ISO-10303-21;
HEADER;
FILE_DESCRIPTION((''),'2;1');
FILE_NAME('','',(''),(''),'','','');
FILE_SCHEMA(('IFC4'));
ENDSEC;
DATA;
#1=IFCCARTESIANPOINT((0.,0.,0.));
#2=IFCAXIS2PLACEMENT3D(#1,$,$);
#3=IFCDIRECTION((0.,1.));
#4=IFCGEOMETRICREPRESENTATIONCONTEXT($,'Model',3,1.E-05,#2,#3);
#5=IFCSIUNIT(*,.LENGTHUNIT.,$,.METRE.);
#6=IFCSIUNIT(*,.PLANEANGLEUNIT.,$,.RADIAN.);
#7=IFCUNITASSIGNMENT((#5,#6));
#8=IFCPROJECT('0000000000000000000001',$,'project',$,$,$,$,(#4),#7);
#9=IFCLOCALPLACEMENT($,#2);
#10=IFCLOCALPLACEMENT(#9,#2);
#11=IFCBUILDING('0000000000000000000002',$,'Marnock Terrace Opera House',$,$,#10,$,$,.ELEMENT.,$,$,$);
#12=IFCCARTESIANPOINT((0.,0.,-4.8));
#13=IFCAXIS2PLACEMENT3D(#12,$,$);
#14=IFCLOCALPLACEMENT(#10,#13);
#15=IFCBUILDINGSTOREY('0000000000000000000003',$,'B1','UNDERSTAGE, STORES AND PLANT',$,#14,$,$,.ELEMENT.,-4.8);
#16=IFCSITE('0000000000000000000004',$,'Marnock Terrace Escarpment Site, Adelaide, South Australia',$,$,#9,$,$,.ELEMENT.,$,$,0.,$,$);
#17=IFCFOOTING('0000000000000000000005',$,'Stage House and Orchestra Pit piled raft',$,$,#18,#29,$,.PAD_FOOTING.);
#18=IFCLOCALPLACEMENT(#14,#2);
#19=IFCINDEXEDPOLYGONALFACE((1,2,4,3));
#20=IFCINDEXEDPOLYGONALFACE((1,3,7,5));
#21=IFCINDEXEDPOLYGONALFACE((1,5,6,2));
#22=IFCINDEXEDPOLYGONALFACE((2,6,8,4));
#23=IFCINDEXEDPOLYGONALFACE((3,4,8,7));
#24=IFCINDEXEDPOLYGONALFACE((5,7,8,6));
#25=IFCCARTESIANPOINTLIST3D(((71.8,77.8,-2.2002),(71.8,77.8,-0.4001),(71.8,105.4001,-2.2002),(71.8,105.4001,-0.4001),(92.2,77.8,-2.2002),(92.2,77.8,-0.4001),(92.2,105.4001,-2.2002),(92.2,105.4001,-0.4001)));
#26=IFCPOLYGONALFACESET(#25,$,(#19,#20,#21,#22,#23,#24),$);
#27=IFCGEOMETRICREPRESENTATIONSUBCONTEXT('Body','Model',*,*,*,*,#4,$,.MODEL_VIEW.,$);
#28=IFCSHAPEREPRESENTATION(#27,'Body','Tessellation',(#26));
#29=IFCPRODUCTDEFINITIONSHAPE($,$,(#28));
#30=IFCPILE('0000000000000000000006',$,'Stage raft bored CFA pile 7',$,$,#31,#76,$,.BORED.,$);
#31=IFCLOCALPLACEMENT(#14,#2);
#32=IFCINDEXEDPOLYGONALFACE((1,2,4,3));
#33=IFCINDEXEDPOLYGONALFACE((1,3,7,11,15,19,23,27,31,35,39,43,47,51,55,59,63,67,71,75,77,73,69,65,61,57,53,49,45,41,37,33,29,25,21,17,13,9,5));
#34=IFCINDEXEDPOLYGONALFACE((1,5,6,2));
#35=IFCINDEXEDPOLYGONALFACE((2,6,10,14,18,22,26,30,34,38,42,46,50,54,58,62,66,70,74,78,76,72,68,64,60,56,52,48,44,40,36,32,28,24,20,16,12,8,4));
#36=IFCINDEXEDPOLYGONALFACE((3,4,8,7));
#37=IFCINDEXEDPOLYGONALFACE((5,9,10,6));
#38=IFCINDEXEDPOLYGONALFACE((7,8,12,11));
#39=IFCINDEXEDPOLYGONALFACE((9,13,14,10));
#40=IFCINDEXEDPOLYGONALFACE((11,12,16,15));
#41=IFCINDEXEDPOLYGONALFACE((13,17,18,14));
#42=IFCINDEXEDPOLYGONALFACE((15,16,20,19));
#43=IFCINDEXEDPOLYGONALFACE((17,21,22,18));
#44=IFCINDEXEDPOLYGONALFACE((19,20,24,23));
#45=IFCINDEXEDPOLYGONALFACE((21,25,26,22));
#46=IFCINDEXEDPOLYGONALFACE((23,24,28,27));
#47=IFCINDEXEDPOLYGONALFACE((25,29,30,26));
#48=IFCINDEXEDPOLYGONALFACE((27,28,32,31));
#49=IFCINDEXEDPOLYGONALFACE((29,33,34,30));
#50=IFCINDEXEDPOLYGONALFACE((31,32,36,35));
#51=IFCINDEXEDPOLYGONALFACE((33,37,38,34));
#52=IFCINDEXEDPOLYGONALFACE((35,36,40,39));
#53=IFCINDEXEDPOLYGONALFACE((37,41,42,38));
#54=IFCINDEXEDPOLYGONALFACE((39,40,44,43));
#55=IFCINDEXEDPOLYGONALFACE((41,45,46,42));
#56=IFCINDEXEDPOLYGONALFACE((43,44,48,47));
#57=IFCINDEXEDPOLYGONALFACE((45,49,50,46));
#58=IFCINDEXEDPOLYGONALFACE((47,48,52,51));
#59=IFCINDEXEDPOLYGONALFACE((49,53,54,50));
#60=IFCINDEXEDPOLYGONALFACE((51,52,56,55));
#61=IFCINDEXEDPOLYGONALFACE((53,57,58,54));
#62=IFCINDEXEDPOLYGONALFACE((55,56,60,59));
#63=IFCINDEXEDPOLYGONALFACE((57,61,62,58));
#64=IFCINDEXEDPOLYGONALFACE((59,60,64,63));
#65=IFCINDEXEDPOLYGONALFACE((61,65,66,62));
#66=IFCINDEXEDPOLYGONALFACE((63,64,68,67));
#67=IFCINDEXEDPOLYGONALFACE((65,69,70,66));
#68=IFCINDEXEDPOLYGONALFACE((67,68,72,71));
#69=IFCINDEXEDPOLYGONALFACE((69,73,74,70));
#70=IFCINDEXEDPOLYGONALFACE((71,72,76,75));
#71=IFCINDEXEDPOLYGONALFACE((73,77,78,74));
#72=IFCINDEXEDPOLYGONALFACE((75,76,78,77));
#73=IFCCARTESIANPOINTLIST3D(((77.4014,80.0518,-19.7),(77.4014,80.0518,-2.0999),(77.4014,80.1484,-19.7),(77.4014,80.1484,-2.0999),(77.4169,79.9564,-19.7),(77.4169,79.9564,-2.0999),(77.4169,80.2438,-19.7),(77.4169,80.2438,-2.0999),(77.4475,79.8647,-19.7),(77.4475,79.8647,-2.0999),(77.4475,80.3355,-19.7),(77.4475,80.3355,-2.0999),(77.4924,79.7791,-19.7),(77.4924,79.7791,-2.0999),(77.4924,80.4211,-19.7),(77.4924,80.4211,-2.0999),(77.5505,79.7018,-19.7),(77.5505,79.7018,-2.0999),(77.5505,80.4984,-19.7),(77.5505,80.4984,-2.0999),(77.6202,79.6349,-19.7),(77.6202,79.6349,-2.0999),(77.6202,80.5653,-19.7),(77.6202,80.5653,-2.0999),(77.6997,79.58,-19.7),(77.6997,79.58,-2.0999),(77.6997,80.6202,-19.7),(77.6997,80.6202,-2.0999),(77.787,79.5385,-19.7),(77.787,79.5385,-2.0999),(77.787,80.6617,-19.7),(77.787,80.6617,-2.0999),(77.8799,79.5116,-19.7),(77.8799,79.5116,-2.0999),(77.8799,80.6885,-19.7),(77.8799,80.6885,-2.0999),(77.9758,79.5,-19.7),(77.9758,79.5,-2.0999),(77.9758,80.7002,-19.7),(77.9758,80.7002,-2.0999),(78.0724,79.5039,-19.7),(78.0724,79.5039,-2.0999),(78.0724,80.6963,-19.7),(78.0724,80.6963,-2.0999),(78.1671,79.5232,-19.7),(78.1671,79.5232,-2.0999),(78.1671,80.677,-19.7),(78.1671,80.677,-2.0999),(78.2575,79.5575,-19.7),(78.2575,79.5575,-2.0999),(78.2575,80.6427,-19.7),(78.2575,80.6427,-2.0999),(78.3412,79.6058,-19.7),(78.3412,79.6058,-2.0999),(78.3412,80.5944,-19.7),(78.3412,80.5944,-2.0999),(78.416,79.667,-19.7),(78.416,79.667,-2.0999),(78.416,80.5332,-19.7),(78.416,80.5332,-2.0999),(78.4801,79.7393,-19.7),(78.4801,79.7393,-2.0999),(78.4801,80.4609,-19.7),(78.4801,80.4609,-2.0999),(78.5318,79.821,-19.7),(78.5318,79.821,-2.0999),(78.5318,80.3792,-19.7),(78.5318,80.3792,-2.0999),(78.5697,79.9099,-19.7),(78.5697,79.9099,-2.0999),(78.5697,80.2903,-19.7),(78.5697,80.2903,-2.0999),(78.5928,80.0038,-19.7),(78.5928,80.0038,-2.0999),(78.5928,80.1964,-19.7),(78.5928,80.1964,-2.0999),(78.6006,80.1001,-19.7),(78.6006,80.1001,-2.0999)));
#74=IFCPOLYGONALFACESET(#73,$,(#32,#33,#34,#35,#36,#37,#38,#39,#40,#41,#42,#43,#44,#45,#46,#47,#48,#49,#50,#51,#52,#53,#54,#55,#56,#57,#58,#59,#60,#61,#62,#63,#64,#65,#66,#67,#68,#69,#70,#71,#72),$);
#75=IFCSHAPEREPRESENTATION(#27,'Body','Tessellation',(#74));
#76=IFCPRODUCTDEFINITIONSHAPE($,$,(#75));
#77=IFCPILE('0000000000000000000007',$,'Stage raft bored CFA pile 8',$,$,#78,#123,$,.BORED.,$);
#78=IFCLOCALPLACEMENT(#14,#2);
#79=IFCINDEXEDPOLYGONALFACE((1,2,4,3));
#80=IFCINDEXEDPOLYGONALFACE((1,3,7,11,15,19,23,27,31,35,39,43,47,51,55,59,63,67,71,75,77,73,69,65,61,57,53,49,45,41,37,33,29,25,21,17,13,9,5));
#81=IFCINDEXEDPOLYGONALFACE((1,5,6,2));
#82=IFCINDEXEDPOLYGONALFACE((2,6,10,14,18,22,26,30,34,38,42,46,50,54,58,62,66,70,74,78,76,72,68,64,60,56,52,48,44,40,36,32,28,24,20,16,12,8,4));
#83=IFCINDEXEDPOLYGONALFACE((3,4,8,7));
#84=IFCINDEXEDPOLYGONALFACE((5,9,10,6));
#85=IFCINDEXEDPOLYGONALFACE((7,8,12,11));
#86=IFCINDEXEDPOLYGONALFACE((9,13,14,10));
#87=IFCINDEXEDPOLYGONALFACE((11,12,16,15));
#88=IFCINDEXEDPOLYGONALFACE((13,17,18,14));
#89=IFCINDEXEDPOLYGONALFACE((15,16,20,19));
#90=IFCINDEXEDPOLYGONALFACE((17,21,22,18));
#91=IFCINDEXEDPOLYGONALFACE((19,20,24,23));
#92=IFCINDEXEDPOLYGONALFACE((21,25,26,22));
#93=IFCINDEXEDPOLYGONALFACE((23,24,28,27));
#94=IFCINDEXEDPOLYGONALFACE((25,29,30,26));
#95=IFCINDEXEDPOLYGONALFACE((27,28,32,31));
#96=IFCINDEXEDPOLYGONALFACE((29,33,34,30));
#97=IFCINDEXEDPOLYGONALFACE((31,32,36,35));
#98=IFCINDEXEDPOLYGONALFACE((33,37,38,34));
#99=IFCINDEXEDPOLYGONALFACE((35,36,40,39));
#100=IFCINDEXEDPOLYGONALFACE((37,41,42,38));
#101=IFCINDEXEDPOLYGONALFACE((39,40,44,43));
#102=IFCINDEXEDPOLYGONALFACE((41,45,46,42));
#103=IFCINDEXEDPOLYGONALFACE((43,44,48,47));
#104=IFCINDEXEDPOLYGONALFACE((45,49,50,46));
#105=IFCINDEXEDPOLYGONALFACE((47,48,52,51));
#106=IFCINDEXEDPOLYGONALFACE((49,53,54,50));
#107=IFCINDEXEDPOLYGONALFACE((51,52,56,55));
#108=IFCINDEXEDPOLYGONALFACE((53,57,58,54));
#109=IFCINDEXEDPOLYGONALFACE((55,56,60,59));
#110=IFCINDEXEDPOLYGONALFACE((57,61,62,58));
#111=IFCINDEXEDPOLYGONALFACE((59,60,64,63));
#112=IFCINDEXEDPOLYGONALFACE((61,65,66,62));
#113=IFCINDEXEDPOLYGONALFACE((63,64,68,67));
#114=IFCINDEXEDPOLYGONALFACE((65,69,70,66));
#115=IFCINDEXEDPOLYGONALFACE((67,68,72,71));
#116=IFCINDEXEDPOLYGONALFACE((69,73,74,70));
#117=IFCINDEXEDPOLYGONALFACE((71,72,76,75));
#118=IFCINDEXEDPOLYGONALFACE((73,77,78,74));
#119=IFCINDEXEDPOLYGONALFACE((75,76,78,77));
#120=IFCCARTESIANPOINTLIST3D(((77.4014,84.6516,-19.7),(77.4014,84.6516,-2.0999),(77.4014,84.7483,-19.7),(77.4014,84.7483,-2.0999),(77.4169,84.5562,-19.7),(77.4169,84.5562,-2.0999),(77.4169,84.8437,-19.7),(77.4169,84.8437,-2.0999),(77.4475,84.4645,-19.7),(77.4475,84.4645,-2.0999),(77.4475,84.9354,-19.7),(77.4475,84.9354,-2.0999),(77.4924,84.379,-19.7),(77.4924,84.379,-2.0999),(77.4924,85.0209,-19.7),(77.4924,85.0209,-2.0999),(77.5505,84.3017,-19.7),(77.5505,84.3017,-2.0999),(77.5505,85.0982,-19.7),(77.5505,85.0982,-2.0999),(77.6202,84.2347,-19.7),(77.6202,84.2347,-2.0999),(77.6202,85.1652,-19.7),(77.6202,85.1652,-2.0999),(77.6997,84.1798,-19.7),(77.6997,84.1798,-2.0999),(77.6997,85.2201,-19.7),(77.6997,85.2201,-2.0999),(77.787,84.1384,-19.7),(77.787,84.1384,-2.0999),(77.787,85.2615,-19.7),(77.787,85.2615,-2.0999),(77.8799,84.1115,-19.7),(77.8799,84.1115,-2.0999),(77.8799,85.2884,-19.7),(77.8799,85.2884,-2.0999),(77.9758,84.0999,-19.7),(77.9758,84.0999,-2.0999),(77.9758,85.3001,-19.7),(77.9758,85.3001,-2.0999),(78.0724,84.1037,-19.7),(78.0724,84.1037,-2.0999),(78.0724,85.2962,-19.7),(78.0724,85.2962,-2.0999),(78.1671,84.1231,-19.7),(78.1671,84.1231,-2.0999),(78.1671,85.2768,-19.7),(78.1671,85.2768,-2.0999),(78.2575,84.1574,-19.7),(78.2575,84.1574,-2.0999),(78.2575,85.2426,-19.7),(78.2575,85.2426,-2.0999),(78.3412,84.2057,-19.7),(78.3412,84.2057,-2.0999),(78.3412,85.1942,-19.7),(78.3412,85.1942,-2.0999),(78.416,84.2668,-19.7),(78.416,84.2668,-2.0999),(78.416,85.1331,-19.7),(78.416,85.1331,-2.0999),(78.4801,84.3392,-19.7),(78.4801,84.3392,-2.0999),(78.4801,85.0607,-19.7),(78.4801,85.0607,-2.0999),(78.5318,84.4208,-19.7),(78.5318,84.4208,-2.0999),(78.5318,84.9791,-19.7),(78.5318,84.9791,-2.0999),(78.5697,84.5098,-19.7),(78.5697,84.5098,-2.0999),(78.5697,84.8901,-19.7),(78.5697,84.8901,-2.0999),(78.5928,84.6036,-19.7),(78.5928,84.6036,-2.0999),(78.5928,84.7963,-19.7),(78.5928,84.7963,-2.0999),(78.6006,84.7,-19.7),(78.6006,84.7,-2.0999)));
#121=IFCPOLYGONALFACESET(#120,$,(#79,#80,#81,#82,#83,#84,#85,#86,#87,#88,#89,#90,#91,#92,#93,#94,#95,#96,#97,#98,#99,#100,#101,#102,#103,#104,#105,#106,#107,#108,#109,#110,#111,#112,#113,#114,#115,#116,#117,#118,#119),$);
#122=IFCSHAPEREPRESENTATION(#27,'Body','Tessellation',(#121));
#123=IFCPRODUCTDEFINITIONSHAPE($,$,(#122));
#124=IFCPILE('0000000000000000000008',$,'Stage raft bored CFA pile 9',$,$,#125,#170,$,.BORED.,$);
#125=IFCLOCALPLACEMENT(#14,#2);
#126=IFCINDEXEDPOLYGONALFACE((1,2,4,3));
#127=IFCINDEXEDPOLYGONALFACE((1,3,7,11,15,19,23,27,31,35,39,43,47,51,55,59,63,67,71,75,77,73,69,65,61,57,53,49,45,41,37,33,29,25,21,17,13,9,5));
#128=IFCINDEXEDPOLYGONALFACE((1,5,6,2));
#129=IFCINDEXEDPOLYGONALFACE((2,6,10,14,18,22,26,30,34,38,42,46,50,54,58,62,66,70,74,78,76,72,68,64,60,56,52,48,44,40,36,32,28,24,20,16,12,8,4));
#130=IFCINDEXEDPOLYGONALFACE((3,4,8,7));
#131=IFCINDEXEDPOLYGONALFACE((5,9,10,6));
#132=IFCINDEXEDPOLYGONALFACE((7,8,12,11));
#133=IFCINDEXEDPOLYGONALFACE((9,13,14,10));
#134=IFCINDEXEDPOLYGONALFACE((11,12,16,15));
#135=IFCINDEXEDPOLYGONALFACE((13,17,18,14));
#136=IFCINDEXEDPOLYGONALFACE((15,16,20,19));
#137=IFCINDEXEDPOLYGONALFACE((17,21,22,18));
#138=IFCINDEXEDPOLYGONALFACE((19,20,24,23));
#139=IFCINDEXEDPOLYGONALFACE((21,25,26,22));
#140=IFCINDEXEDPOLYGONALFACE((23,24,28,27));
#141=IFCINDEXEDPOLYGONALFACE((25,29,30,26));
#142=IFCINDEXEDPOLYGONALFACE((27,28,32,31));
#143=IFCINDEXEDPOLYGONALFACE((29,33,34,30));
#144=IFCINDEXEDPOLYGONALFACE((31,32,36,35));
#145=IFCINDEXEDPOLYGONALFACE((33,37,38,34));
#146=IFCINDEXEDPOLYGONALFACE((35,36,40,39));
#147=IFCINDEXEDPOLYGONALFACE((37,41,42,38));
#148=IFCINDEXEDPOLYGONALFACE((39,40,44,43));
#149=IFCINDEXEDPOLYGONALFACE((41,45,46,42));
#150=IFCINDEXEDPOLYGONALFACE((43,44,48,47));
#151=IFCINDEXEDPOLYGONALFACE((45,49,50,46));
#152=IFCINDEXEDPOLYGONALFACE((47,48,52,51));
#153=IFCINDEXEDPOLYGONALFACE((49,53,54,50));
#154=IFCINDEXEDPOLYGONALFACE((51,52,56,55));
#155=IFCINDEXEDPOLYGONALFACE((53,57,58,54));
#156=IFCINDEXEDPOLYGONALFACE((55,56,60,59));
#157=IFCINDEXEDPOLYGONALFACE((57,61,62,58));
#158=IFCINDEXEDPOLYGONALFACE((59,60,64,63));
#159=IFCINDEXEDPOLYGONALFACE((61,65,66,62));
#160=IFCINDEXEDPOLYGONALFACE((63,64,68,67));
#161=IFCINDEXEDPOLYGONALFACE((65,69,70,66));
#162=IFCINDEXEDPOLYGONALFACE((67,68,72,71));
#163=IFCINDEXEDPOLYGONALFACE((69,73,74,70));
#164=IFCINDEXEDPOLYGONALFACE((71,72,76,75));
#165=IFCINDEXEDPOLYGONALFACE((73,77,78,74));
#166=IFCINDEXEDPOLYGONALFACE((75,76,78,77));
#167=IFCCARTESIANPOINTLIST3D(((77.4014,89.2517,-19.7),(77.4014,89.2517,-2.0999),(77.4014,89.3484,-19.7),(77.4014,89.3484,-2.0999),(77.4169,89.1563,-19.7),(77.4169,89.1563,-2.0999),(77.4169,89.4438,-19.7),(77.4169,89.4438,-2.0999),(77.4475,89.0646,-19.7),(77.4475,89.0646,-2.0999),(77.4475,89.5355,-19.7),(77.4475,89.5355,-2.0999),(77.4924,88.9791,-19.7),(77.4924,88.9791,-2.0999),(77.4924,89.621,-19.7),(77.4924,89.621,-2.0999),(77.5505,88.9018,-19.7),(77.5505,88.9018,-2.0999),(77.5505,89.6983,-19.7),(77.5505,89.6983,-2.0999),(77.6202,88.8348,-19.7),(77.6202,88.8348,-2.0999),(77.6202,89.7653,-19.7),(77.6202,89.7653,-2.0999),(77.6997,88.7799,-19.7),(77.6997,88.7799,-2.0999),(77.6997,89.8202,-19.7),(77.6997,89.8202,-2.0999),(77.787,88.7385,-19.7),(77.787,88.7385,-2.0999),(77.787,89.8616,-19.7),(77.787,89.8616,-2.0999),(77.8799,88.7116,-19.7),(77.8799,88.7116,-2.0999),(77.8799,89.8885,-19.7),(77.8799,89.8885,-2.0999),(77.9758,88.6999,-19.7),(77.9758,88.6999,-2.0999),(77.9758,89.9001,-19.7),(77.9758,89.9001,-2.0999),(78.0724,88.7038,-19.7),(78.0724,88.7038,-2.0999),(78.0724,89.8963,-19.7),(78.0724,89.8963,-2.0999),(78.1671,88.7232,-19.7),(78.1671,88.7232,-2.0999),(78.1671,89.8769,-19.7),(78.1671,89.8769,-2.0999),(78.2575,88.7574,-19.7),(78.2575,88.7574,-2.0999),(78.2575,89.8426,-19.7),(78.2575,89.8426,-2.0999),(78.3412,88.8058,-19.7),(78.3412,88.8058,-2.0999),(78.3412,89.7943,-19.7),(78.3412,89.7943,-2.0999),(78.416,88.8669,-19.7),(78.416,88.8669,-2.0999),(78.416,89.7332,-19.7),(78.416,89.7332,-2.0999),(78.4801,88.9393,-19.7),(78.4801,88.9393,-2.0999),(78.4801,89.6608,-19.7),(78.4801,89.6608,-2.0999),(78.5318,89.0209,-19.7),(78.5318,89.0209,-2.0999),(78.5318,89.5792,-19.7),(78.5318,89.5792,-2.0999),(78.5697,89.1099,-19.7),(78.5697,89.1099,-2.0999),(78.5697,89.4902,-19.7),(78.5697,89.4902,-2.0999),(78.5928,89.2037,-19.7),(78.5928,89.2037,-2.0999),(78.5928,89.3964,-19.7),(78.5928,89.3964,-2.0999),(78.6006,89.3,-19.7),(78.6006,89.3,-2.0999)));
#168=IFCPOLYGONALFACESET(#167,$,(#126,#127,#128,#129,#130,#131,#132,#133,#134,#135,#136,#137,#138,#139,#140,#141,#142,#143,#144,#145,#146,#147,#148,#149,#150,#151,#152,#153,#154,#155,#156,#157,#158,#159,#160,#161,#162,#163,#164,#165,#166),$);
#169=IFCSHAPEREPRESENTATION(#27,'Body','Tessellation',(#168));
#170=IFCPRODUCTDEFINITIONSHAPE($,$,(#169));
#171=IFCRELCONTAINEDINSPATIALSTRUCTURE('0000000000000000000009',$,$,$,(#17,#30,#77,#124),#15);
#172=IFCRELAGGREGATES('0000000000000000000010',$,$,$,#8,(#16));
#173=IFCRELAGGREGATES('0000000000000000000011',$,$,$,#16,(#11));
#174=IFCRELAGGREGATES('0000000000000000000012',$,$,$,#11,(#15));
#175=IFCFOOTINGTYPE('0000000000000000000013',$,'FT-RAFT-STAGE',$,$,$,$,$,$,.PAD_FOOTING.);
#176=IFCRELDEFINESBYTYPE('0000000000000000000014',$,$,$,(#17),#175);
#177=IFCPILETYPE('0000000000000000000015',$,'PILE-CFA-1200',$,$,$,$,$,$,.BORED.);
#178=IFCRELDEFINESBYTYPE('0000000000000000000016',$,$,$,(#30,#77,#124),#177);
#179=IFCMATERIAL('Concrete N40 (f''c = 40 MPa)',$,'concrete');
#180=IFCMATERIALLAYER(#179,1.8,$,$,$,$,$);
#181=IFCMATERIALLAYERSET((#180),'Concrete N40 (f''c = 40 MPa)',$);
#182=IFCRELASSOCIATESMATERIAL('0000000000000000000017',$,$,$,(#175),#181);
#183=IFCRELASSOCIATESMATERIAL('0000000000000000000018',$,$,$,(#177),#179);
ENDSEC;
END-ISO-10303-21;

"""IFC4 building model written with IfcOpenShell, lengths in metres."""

from ifc_helpers import new_model, si_unit, direction, frame, origin, origin_2d, place, context, subcontext, project, spatial, rectangle, circle, extrude, material, layer, layer_set, material_profile, profile_set, type_object, element, save


model = new_model("IFC4")

# Units and contexts
model_context = context("Model", 3, precision=1e-05, world=origin(), true_north=direction((0.0, 1.0)))
body_context = subcontext(model_context, "Body", "Model", "MODEL_VIEW")
ifc_project = project(units=[si_unit("LENGTHUNIT", "METRE"), si_unit("PLANEANGLEUNIT", "RADIAN")], contexts=[model_context])

# Site, building, storey
site_placement = place(None, origin())
site = spatial("IfcSite", under=ifc_project, at=site_placement, Name="Marnock Terrace Escarpment Site, Adelaide, South Australia", CompositionType="ELEMENT", RefElevation=0.0)
building_placement = place(site_placement, origin())
building = spatial("IfcBuilding", under=site, at=building_placement, Name="Marnock Terrace Opera House", CompositionType="ELEMENT")
storey_placement = place(building_placement, frame((0.0, 0.0, -4.8)))
storey = spatial("IfcBuildingStorey", under=building, at=storey_placement, Name="B1", Description="UNDERSTAGE, STORES AND PLANT", CompositionType="ELEMENT", Elevation=-4.8)

# Footing
ifc_material_1 = material(Name="Concrete N40 (f'c = 40 MPa)", Category="concrete")
ifc_layer_1 = layer(ifc_material_1, 1.8)
ifc_layer_set_1 = layer_set([ifc_layer_1], Name="Concrete N40 (f'c = 40 MPa)")
footing_type = type_object("IfcFootingType", Name="FT-RAFT-STAGE", PredefinedType="PAD_FOOTING", material=ifc_layer_set_1)
footing_placement = place(storey_placement, frame((82.0, 91.6001, -2.2002), z_axis=(0.0, 0.0, 1.0), x_axis=(1.0, 0.0, 0.0)))
element("IfcFooting", 1, at=footing_placement, inside=storey, type_object=footing_type, Name="Stage House and Orchestra Pit piled raft", PredefinedType="PAD_FOOTING", context=body_context, shape_type="SweptSolid", body=[
    extrude(rectangle(XDim=20.3999, YDim=27.6001, at=origin_2d()), origin(), (0.0, 0.0, 1.0), 1.8),
])

# Piles
ifc_material_profile_1 = material_profile(ifc_material_1, circle(Radius=0.6006, at=origin_2d()))
ifc_profile_set_1 = profile_set([ifc_material_profile_1], Name="Concrete N40 (f'c = 40 MPa)")
pile_type = type_object("IfcPileType", Name="PILE-CFA-1200", PredefinedType="BORED", material=ifc_profile_set_1)
for number, where, z_axis, x_axis, name in (
    (2, (78.0, 80.1001, -2.0999), (0.0, 0.0, -1.0), (1.0, 0.0, 0.0), "Stage raft bored CFA pile 7"),
    (3, (78.0, 84.7, -2.0999), (0.0, 0.0, -1.0), (1.0, 0.0, 0.0), "Stage raft bored CFA pile 8"),
    (4, (78.0, 89.3, -2.0999), (0.0, 0.0, -1.0), (1.0, 0.0, 0.0), "Stage raft bored CFA pile 9"),
):
    element("IfcPile", number, at=place(storey_placement, frame(where, z_axis=z_axis, x_axis=x_axis)), inside=storey, type_object=pile_type, Name=name, PredefinedType="BORED", context=body_context, shape_type="SweptSolid", body=[
        extrude(circle(Radius=0.6006, at=origin_2d()), origin(), (0.0, 0.0, 1.0), 17.6001),
    ])

save(model, "model.ifc")
